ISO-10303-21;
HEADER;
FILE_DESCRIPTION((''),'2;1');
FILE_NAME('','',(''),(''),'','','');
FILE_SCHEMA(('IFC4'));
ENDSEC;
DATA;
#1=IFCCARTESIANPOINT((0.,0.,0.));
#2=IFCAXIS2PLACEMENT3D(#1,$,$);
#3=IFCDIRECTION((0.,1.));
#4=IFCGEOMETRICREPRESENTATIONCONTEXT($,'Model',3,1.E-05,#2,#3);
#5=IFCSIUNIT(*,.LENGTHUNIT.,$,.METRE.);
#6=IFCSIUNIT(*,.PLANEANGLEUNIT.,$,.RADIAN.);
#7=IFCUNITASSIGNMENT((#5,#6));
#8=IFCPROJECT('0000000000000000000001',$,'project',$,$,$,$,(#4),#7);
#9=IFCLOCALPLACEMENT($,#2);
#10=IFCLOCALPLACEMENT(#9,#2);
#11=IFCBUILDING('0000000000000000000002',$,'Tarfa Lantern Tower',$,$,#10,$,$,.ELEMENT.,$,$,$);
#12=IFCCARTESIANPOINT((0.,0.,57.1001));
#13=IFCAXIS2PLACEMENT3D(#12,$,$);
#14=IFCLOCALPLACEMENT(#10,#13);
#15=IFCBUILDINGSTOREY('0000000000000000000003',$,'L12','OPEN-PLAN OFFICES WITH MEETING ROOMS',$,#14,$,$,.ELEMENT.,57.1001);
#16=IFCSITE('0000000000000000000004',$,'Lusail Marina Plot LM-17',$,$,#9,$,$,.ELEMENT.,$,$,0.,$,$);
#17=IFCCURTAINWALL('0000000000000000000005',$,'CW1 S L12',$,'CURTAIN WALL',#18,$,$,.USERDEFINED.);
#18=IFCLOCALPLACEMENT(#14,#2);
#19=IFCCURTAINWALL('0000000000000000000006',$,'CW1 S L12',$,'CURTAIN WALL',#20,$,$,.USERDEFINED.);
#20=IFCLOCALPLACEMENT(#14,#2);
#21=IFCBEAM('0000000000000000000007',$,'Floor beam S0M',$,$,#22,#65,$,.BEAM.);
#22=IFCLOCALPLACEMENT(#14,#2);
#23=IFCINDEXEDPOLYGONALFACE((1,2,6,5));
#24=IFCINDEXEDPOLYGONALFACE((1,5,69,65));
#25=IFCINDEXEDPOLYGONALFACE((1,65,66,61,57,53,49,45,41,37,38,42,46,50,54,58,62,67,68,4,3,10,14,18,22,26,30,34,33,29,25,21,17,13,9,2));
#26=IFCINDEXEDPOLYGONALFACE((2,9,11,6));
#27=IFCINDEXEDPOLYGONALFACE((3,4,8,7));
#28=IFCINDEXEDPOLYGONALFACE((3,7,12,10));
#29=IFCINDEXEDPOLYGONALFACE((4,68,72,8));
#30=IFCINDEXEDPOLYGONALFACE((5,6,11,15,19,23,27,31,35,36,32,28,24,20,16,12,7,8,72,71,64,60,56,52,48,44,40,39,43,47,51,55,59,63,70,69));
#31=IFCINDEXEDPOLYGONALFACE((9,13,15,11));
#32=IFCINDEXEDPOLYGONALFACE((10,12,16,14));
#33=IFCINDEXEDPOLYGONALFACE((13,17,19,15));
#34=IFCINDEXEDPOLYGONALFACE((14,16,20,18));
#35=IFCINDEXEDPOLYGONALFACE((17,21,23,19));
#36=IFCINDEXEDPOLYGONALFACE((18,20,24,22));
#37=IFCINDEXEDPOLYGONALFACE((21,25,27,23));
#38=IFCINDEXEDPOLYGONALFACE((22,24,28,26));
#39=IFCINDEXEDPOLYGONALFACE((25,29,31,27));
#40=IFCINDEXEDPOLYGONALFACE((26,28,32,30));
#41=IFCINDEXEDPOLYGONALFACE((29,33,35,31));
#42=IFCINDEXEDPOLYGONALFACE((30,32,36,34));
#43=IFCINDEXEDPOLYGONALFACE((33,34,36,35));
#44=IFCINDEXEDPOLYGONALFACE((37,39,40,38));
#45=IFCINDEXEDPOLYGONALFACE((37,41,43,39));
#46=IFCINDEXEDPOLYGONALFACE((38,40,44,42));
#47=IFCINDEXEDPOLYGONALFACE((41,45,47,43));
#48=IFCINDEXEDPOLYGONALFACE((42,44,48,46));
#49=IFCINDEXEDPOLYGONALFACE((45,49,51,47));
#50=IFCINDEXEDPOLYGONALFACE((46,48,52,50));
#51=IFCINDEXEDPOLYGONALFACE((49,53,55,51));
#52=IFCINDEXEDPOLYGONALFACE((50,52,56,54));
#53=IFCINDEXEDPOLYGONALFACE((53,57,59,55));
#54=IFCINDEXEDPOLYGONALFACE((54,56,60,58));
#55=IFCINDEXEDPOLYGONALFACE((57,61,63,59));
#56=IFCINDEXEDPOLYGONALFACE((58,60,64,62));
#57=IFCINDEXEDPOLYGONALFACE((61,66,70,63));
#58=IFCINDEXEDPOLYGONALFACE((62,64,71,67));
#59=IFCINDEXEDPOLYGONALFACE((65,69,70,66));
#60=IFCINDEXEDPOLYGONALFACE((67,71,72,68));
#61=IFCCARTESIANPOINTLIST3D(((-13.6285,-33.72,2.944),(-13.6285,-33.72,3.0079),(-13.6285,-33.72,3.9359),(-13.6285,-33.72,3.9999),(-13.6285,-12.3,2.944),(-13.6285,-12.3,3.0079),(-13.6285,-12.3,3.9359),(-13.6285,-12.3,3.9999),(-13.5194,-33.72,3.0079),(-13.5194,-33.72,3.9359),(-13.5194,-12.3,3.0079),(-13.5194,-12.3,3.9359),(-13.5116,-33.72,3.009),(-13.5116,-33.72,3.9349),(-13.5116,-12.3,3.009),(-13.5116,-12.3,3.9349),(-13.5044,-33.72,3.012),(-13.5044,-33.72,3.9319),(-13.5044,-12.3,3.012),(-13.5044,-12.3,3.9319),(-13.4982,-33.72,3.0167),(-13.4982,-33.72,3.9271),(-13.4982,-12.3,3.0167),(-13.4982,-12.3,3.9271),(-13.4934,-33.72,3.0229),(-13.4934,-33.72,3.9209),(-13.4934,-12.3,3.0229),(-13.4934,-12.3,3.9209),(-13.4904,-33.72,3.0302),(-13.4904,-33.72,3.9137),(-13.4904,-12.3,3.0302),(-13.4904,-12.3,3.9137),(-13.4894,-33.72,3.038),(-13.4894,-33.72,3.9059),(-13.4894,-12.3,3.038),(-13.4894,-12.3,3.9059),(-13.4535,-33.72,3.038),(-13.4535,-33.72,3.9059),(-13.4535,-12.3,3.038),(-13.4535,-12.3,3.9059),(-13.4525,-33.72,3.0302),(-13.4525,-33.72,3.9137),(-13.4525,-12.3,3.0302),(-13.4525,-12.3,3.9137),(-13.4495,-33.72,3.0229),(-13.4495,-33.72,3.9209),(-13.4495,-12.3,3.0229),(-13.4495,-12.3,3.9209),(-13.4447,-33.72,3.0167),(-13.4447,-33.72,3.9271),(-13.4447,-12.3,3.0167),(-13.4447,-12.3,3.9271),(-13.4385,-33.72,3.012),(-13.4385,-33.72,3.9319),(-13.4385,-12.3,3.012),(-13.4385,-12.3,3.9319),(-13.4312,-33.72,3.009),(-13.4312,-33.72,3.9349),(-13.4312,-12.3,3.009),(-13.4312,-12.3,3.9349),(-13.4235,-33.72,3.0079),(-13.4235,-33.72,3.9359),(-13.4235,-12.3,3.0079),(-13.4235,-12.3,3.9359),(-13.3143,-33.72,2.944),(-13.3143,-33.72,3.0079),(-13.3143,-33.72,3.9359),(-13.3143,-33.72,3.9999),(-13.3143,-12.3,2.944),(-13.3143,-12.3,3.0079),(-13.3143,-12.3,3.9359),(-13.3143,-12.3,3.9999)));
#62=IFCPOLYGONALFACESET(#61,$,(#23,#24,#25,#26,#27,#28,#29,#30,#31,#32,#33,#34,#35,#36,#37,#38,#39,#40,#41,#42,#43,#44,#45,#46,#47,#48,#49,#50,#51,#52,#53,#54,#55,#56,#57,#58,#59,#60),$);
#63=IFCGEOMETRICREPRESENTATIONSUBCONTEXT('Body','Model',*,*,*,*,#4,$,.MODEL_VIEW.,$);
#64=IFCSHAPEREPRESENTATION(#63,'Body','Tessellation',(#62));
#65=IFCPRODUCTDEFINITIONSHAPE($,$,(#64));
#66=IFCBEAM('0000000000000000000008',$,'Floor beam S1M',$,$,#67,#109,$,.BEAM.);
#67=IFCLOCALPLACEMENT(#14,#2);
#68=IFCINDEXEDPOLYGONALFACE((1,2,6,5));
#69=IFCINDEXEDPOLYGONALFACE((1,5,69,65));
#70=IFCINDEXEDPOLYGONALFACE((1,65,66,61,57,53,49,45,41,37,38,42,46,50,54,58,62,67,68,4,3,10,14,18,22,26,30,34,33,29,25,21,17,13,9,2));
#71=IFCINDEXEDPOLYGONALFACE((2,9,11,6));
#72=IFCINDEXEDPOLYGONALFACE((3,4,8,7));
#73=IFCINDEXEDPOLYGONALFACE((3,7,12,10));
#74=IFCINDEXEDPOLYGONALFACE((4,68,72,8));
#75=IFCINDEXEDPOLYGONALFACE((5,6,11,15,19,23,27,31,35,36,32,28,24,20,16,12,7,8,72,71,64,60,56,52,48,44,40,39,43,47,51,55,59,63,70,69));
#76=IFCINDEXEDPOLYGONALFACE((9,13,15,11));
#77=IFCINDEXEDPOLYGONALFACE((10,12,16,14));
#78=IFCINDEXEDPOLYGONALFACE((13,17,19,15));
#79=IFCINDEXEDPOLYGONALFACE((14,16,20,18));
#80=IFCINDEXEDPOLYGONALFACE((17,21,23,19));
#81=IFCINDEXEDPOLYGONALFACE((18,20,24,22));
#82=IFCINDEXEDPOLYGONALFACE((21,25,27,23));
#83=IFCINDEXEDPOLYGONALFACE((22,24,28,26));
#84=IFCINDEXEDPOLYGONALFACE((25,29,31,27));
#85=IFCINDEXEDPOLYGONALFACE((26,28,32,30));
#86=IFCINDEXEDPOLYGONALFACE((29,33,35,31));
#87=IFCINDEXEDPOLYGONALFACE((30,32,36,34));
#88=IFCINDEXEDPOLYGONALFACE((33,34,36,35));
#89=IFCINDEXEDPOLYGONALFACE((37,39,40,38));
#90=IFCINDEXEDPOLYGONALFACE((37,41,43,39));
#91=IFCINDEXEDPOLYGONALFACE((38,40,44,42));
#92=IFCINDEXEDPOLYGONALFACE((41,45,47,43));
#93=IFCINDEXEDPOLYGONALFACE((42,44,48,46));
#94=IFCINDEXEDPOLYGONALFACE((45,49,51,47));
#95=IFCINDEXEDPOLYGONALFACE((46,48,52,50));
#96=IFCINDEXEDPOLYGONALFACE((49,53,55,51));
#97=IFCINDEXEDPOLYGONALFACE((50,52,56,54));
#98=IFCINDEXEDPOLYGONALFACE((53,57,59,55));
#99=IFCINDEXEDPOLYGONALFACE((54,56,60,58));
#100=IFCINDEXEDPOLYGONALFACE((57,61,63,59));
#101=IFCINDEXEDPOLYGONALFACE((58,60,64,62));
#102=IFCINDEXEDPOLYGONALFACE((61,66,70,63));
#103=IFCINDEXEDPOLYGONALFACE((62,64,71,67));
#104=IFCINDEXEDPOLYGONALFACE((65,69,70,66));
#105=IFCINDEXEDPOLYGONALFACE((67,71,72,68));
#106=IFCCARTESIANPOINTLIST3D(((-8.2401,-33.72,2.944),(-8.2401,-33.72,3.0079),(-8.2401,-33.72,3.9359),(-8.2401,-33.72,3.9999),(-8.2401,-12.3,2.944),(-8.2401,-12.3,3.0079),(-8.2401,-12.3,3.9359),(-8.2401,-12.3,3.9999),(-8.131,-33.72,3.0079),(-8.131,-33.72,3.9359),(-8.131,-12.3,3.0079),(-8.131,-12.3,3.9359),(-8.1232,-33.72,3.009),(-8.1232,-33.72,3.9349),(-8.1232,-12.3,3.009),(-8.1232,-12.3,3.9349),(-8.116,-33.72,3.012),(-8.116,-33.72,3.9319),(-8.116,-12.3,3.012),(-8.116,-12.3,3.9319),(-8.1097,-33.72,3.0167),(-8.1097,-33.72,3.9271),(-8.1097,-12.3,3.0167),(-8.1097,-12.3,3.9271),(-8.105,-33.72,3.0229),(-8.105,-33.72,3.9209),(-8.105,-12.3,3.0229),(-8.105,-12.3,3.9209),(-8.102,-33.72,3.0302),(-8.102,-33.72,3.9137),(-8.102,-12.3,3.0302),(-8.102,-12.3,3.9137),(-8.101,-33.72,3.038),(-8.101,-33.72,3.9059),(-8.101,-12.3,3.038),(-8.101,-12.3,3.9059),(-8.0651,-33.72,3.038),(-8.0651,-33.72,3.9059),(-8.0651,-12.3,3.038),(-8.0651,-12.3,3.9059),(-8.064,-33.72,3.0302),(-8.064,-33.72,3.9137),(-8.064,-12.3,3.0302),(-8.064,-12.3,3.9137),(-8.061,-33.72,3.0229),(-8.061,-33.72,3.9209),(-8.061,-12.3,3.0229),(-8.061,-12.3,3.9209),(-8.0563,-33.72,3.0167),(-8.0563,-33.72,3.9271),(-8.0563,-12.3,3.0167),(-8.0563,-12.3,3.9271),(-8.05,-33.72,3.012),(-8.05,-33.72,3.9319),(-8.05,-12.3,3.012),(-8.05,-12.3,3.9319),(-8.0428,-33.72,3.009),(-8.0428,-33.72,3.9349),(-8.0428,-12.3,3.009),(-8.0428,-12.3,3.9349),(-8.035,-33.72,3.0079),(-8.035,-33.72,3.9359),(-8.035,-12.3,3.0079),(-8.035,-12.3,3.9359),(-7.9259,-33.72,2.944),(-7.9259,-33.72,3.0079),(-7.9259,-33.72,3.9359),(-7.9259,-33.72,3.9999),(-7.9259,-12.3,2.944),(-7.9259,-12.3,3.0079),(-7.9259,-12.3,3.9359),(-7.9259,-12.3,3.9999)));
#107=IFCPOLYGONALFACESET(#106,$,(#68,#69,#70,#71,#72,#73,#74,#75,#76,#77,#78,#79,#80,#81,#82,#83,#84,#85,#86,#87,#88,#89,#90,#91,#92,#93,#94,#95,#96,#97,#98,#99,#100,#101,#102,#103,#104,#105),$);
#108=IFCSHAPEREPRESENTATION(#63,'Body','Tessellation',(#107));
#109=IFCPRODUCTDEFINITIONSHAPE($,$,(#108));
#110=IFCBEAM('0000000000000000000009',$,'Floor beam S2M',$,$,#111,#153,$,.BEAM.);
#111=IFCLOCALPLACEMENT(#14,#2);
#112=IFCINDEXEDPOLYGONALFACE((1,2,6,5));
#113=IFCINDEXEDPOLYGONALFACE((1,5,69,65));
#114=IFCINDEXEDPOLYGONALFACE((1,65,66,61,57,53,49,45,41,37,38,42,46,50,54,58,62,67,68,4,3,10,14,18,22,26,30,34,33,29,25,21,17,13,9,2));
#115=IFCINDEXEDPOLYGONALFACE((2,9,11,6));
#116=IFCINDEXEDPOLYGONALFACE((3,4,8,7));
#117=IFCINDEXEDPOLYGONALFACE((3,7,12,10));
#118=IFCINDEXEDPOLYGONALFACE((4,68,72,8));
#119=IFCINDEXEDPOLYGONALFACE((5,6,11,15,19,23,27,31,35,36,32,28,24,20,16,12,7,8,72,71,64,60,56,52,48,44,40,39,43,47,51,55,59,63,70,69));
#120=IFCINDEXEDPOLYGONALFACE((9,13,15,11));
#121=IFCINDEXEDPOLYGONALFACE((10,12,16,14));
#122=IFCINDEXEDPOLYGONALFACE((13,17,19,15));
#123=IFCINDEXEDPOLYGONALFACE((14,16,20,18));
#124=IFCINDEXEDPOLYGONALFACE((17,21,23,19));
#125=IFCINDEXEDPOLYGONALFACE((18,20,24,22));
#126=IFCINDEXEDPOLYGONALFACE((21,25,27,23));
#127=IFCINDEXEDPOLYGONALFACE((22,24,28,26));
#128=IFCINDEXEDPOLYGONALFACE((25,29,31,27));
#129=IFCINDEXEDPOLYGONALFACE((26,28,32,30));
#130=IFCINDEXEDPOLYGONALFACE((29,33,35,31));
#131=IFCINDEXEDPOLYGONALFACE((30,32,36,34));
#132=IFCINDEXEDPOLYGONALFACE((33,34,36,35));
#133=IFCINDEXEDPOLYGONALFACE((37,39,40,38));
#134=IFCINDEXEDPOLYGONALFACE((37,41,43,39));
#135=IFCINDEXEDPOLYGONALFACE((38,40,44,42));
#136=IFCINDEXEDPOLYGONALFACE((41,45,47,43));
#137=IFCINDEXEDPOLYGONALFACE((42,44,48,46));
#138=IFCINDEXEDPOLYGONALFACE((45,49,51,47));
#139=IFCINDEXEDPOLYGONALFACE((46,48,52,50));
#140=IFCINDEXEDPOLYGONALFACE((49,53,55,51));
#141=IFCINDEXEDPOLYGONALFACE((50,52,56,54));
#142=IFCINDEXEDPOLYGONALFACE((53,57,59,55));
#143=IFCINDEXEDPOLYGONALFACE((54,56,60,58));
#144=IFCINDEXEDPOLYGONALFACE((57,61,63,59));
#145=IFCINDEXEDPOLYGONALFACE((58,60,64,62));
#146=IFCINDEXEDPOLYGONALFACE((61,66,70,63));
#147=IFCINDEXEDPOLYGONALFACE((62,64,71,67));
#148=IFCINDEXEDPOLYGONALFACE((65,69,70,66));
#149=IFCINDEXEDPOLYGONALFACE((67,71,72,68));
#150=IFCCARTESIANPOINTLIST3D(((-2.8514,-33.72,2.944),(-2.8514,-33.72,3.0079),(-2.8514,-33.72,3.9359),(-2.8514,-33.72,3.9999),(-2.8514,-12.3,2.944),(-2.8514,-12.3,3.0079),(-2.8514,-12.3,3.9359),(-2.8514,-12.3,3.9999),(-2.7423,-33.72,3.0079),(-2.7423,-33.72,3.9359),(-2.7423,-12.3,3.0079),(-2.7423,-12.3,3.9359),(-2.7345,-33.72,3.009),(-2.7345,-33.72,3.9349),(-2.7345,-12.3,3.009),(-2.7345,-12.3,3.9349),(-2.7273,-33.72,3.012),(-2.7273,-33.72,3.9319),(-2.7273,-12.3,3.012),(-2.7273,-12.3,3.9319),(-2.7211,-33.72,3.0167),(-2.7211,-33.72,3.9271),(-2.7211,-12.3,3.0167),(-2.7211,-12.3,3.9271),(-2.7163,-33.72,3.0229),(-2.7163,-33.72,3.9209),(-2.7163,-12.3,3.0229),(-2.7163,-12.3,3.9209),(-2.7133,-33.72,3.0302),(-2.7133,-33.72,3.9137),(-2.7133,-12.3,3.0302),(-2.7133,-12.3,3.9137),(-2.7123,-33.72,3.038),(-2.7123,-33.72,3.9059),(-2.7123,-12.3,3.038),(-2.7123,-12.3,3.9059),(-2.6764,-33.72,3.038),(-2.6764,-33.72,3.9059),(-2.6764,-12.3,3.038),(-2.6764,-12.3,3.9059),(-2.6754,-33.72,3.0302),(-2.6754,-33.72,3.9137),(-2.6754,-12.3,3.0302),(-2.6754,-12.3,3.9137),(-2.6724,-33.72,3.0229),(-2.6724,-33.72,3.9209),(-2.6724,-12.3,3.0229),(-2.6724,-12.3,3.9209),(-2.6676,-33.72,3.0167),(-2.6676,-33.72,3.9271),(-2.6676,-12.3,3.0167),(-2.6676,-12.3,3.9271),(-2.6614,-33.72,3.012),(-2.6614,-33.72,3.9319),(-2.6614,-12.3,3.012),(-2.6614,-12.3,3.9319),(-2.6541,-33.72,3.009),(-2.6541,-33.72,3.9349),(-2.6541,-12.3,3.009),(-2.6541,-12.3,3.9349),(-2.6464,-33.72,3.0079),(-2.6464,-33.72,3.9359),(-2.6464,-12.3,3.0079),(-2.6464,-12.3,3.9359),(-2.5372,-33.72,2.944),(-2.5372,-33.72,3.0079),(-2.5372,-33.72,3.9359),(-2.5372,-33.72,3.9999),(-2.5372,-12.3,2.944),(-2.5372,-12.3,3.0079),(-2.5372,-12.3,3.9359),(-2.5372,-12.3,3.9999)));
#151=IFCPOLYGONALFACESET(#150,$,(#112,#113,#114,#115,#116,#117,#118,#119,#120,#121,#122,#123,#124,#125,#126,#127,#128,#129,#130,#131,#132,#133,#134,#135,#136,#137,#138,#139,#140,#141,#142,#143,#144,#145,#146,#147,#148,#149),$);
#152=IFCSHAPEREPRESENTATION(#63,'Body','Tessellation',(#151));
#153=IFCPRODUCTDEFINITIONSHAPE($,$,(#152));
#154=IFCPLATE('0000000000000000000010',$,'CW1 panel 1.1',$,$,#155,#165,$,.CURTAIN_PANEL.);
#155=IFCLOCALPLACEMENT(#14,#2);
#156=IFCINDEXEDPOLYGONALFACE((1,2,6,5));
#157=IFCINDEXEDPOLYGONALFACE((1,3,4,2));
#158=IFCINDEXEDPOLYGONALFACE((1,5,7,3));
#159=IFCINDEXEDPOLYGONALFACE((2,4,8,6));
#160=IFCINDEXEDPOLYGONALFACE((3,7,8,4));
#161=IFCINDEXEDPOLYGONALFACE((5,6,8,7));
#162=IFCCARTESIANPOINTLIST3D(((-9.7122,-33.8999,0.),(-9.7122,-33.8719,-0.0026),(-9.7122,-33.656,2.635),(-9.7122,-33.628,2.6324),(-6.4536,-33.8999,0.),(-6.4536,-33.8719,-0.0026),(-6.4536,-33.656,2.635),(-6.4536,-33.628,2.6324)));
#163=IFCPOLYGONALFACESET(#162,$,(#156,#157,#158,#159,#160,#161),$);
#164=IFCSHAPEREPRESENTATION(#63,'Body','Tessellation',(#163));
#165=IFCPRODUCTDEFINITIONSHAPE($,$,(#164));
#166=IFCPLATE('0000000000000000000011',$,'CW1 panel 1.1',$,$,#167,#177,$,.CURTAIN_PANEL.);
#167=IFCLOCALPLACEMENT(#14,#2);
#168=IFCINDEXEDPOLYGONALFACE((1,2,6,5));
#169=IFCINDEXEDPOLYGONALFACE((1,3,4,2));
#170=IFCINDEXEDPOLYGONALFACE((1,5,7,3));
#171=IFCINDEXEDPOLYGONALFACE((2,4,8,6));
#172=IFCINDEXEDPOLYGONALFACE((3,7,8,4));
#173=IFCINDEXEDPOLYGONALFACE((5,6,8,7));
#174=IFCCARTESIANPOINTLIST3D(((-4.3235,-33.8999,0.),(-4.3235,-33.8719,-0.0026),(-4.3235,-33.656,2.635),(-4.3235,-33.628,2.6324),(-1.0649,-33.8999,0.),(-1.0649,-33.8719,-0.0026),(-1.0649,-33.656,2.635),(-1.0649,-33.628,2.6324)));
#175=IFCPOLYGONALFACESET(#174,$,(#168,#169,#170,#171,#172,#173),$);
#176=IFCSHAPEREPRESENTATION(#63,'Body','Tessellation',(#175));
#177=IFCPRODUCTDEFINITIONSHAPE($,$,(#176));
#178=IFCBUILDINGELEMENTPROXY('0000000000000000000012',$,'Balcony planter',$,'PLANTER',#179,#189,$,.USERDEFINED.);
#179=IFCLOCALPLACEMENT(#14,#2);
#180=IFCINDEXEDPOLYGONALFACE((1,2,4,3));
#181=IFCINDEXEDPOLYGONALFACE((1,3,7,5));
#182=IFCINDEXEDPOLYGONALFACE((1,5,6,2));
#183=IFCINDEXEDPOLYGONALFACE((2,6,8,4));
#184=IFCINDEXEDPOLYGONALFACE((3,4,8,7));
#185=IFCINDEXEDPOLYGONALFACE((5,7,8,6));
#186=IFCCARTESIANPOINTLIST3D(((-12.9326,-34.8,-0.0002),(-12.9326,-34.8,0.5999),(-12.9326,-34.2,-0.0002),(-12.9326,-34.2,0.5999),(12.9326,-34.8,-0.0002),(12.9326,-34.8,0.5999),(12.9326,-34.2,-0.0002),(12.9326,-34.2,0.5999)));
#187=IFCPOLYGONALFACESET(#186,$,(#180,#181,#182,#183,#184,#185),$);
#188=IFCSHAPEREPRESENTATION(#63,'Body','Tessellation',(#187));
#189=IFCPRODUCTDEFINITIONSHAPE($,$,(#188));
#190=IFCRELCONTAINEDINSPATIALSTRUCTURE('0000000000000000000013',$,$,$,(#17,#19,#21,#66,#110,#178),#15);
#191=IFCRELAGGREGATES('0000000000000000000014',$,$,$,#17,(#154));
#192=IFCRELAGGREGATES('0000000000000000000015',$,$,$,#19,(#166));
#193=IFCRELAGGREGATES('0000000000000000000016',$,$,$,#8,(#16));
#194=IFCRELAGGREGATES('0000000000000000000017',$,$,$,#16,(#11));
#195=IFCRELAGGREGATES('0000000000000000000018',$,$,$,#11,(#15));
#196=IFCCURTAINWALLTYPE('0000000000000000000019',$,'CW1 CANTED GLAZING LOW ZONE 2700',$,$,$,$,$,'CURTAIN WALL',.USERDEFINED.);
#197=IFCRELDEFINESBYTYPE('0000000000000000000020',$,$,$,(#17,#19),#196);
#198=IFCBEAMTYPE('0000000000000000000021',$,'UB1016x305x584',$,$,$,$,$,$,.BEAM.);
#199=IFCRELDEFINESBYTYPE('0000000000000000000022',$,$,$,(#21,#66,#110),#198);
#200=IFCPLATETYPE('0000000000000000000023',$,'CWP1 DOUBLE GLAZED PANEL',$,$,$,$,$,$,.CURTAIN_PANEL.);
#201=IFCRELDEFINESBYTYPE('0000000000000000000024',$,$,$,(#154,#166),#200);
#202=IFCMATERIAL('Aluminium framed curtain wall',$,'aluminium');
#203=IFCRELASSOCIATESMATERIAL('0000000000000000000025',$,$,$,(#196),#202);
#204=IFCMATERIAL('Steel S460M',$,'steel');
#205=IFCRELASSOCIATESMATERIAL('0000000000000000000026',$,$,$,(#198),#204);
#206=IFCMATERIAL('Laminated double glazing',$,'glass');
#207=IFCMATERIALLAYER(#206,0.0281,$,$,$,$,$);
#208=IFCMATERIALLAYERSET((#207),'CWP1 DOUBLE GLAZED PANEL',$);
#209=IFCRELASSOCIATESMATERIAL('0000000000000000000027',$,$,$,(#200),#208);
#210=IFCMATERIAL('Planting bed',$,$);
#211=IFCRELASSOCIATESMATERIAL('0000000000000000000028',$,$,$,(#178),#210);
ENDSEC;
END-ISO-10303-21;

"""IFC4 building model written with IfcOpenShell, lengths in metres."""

from ifc_helpers import new_model, si_unit, direction, frame, origin, origin_2d, place, context, subcontext, project, spatial, polyline, rectangle, i_section, outline, extrude, material, layer, layer_set, material_profile, profile_set, type_object, element, aggregate, save


model = new_model("IFC4")

# Units and contexts
model_context = context("Model", 3, precision=1e-05, world=origin(), true_north=direction((0.0, 1.0)))
body_context = subcontext(model_context, "Body", "Model", "MODEL_VIEW")
ifc_project = project(units=[si_unit("LENGTHUNIT", "METRE"), si_unit("PLANEANGLEUNIT", "RADIAN")], contexts=[model_context])

# Site, building, storey
site_placement = place(None, origin())
site = spatial("IfcSite", under=ifc_project, at=site_placement, Name="Lusail Marina Plot LM-17", CompositionType="ELEMENT", RefElevation=0.0)
building_placement = place(site_placement, origin())
building = spatial("IfcBuilding", under=site, at=building_placement, Name="Tarfa Lantern Tower", CompositionType="ELEMENT")
storey_placement = place(building_placement, frame((0.0, 0.0, 57.1001)))
storey = spatial("IfcBuildingStorey", under=building, at=storey_placement, Name="L12", Description="OPEN-PLAN OFFICES WITH MEETING ROOMS", CompositionType="ELEMENT", Elevation=57.1001)

# Shared definitions
ifc_material_1 = material(Name="Aluminium framed curtain wall", Category="aluminium")
curtain_wall_type = type_object("IfcCurtainWallType", Name="CW1 CANTED GLAZING LOW ZONE 2700", ElementType="CURTAIN WALL", PredefinedType="USERDEFINED", material=ifc_material_1)

# Curtain walls
curtain_wall_1_placement = place(storey_placement, origin())
curtain_wall_1 = element("IfcCurtainWall", 1, at=curtain_wall_1_placement, inside=storey, type_object=curtain_wall_type, Name="CW1 S L12", ObjectType="CURTAIN WALL", PredefinedType="USERDEFINED")
curtain_wall_2_placement = place(storey_placement, origin())
curtain_wall_2 = element("IfcCurtainWall", 2, at=curtain_wall_2_placement, inside=storey, type_object=curtain_wall_type, Name="CW1 S L12", ObjectType="CURTAIN WALL", PredefinedType="USERDEFINED")

# Beams
ifc_material_2 = material(Name="Steel S460M", Category="steel")
ifc_material_profile_1 = material_profile(ifc_material_2, i_section(OverallWidth=0.3142, OverallDepth=1.0559, WebThickness=0.0359, FlangeThickness=0.064, FilletRadius=0.03, at=origin_2d()), Name="UB1016x305x584")
ifc_profile_set_1 = profile_set([ifc_material_profile_1], Name="Steel S460M")
beam_type_1 = type_object("IfcBeamType", Name="UB1016x305x584", PredefinedType="BEAM", material=ifc_profile_set_1)
for number, where, z_axis, x_axis, name in (
    (3, (-13.4714, -33.72, 3.4719), (0.0, 1.0, 0.0), (-1.0, 0.0, 0.0), "Floor beam S0M"),
    (4, (-8.083, -33.72, 3.4719), (0.0, 1.0, 0.0), (-1.0, 0.0, 0.0), "Floor beam S1M"),
    (5, (-2.6943, -33.72, 3.4719), (0.0, 1.0, 0.0), (-1.0, 0.0, 0.0), "Floor beam S2M"),
):
    element("IfcBeam", number, at=place(storey_placement, frame(where, z_axis=z_axis, x_axis=x_axis)), inside=storey, type_object=beam_type_1, Name=name, PredefinedType="BEAM", context=body_context, shape_type="SweptSolid", body=[
        extrude(i_section(OverallWidth=0.3142, OverallDepth=1.0559, WebThickness=0.0359, FlangeThickness=0.064, FilletRadius=0.03, at=origin_2d()), origin(), (0.0, 0.0, 1.0), 21.4199),
    ])

# Plates
ifc_material_3 = material(Name="Laminated double glazing", Category="glass")
ifc_layer = layer(ifc_material_3, 0.0281)
ifc_layer_set = layer_set([ifc_layer], Name="CWP1 DOUBLE GLAZED PANEL")
plate_type = type_object("IfcPlateType", Name="CWP1 DOUBLE GLAZED PANEL", PredefinedType="CURTAIN_PANEL", material=ifc_layer_set)
plate_1_placement = place(storey_placement, frame((-9.7122, -33.8999, 0.0), z_axis=(0.0, -0.995744, 0.092166), x_axis=(1.0, 0.0, 0.0)))
plate_1 = element("IfcPlate", 6, at=plate_1_placement, type_object=plate_type, Name="CW1 panel 1.1", PredefinedType="CURTAIN_PANEL", context=body_context, shape_type="SweptSolid", body=[
    extrude(outline(polyline([(0.0, 0.0), (3.2585, 0.0), (3.2585, 2.6463), (0.0, 2.6463), (0.0, 0.0)])), origin(), (0.0, 0.0, -1.0), 0.0281),
])
aggregate(curtain_wall_1, [plate_1])
plate_2_placement = place(storey_placement, frame((-4.3235, -33.8999, 0.0), z_axis=(0.0, -0.995744, 0.092166), x_axis=(1.0, 0.0, 0.0)))
plate_2 = element("IfcPlate", 7, at=plate_2_placement, type_object=plate_type, Name="CW1 panel 1.1", PredefinedType="CURTAIN_PANEL", context=body_context, shape_type="SweptSolid", body=[
    extrude(outline(polyline([(0.0, 0.0), (3.2585, 0.0), (3.2585, 2.6463), (0.0, 2.6463), (0.0, 0.0)])), origin(), (0.0, 0.0, -1.0), 0.0281),
])
aggregate(curtain_wall_2, [plate_2])

# Building element proxy
ifc_material_4 = material(Name="Planting bed")
proxy_placement = place(storey_placement, frame((0.0, -34.5, -0.0002), z_axis=(0.0, 0.0, 1.0), x_axis=(1.0, 0.0, 0.0)))
element("IfcBuildingElementProxy", 8, at=proxy_placement, inside=storey, material=ifc_material_4, Name="Balcony planter", ObjectType="PLANTER", PredefinedType="USERDEFINED", context=body_context, shape_type="SweptSolid", body=[
    extrude(rectangle(XDim=25.8652, YDim=0.6001, at=origin_2d()), origin(), (0.0, 0.0, 1.0), 0.6001),
])

save(model, "model.ifc")
